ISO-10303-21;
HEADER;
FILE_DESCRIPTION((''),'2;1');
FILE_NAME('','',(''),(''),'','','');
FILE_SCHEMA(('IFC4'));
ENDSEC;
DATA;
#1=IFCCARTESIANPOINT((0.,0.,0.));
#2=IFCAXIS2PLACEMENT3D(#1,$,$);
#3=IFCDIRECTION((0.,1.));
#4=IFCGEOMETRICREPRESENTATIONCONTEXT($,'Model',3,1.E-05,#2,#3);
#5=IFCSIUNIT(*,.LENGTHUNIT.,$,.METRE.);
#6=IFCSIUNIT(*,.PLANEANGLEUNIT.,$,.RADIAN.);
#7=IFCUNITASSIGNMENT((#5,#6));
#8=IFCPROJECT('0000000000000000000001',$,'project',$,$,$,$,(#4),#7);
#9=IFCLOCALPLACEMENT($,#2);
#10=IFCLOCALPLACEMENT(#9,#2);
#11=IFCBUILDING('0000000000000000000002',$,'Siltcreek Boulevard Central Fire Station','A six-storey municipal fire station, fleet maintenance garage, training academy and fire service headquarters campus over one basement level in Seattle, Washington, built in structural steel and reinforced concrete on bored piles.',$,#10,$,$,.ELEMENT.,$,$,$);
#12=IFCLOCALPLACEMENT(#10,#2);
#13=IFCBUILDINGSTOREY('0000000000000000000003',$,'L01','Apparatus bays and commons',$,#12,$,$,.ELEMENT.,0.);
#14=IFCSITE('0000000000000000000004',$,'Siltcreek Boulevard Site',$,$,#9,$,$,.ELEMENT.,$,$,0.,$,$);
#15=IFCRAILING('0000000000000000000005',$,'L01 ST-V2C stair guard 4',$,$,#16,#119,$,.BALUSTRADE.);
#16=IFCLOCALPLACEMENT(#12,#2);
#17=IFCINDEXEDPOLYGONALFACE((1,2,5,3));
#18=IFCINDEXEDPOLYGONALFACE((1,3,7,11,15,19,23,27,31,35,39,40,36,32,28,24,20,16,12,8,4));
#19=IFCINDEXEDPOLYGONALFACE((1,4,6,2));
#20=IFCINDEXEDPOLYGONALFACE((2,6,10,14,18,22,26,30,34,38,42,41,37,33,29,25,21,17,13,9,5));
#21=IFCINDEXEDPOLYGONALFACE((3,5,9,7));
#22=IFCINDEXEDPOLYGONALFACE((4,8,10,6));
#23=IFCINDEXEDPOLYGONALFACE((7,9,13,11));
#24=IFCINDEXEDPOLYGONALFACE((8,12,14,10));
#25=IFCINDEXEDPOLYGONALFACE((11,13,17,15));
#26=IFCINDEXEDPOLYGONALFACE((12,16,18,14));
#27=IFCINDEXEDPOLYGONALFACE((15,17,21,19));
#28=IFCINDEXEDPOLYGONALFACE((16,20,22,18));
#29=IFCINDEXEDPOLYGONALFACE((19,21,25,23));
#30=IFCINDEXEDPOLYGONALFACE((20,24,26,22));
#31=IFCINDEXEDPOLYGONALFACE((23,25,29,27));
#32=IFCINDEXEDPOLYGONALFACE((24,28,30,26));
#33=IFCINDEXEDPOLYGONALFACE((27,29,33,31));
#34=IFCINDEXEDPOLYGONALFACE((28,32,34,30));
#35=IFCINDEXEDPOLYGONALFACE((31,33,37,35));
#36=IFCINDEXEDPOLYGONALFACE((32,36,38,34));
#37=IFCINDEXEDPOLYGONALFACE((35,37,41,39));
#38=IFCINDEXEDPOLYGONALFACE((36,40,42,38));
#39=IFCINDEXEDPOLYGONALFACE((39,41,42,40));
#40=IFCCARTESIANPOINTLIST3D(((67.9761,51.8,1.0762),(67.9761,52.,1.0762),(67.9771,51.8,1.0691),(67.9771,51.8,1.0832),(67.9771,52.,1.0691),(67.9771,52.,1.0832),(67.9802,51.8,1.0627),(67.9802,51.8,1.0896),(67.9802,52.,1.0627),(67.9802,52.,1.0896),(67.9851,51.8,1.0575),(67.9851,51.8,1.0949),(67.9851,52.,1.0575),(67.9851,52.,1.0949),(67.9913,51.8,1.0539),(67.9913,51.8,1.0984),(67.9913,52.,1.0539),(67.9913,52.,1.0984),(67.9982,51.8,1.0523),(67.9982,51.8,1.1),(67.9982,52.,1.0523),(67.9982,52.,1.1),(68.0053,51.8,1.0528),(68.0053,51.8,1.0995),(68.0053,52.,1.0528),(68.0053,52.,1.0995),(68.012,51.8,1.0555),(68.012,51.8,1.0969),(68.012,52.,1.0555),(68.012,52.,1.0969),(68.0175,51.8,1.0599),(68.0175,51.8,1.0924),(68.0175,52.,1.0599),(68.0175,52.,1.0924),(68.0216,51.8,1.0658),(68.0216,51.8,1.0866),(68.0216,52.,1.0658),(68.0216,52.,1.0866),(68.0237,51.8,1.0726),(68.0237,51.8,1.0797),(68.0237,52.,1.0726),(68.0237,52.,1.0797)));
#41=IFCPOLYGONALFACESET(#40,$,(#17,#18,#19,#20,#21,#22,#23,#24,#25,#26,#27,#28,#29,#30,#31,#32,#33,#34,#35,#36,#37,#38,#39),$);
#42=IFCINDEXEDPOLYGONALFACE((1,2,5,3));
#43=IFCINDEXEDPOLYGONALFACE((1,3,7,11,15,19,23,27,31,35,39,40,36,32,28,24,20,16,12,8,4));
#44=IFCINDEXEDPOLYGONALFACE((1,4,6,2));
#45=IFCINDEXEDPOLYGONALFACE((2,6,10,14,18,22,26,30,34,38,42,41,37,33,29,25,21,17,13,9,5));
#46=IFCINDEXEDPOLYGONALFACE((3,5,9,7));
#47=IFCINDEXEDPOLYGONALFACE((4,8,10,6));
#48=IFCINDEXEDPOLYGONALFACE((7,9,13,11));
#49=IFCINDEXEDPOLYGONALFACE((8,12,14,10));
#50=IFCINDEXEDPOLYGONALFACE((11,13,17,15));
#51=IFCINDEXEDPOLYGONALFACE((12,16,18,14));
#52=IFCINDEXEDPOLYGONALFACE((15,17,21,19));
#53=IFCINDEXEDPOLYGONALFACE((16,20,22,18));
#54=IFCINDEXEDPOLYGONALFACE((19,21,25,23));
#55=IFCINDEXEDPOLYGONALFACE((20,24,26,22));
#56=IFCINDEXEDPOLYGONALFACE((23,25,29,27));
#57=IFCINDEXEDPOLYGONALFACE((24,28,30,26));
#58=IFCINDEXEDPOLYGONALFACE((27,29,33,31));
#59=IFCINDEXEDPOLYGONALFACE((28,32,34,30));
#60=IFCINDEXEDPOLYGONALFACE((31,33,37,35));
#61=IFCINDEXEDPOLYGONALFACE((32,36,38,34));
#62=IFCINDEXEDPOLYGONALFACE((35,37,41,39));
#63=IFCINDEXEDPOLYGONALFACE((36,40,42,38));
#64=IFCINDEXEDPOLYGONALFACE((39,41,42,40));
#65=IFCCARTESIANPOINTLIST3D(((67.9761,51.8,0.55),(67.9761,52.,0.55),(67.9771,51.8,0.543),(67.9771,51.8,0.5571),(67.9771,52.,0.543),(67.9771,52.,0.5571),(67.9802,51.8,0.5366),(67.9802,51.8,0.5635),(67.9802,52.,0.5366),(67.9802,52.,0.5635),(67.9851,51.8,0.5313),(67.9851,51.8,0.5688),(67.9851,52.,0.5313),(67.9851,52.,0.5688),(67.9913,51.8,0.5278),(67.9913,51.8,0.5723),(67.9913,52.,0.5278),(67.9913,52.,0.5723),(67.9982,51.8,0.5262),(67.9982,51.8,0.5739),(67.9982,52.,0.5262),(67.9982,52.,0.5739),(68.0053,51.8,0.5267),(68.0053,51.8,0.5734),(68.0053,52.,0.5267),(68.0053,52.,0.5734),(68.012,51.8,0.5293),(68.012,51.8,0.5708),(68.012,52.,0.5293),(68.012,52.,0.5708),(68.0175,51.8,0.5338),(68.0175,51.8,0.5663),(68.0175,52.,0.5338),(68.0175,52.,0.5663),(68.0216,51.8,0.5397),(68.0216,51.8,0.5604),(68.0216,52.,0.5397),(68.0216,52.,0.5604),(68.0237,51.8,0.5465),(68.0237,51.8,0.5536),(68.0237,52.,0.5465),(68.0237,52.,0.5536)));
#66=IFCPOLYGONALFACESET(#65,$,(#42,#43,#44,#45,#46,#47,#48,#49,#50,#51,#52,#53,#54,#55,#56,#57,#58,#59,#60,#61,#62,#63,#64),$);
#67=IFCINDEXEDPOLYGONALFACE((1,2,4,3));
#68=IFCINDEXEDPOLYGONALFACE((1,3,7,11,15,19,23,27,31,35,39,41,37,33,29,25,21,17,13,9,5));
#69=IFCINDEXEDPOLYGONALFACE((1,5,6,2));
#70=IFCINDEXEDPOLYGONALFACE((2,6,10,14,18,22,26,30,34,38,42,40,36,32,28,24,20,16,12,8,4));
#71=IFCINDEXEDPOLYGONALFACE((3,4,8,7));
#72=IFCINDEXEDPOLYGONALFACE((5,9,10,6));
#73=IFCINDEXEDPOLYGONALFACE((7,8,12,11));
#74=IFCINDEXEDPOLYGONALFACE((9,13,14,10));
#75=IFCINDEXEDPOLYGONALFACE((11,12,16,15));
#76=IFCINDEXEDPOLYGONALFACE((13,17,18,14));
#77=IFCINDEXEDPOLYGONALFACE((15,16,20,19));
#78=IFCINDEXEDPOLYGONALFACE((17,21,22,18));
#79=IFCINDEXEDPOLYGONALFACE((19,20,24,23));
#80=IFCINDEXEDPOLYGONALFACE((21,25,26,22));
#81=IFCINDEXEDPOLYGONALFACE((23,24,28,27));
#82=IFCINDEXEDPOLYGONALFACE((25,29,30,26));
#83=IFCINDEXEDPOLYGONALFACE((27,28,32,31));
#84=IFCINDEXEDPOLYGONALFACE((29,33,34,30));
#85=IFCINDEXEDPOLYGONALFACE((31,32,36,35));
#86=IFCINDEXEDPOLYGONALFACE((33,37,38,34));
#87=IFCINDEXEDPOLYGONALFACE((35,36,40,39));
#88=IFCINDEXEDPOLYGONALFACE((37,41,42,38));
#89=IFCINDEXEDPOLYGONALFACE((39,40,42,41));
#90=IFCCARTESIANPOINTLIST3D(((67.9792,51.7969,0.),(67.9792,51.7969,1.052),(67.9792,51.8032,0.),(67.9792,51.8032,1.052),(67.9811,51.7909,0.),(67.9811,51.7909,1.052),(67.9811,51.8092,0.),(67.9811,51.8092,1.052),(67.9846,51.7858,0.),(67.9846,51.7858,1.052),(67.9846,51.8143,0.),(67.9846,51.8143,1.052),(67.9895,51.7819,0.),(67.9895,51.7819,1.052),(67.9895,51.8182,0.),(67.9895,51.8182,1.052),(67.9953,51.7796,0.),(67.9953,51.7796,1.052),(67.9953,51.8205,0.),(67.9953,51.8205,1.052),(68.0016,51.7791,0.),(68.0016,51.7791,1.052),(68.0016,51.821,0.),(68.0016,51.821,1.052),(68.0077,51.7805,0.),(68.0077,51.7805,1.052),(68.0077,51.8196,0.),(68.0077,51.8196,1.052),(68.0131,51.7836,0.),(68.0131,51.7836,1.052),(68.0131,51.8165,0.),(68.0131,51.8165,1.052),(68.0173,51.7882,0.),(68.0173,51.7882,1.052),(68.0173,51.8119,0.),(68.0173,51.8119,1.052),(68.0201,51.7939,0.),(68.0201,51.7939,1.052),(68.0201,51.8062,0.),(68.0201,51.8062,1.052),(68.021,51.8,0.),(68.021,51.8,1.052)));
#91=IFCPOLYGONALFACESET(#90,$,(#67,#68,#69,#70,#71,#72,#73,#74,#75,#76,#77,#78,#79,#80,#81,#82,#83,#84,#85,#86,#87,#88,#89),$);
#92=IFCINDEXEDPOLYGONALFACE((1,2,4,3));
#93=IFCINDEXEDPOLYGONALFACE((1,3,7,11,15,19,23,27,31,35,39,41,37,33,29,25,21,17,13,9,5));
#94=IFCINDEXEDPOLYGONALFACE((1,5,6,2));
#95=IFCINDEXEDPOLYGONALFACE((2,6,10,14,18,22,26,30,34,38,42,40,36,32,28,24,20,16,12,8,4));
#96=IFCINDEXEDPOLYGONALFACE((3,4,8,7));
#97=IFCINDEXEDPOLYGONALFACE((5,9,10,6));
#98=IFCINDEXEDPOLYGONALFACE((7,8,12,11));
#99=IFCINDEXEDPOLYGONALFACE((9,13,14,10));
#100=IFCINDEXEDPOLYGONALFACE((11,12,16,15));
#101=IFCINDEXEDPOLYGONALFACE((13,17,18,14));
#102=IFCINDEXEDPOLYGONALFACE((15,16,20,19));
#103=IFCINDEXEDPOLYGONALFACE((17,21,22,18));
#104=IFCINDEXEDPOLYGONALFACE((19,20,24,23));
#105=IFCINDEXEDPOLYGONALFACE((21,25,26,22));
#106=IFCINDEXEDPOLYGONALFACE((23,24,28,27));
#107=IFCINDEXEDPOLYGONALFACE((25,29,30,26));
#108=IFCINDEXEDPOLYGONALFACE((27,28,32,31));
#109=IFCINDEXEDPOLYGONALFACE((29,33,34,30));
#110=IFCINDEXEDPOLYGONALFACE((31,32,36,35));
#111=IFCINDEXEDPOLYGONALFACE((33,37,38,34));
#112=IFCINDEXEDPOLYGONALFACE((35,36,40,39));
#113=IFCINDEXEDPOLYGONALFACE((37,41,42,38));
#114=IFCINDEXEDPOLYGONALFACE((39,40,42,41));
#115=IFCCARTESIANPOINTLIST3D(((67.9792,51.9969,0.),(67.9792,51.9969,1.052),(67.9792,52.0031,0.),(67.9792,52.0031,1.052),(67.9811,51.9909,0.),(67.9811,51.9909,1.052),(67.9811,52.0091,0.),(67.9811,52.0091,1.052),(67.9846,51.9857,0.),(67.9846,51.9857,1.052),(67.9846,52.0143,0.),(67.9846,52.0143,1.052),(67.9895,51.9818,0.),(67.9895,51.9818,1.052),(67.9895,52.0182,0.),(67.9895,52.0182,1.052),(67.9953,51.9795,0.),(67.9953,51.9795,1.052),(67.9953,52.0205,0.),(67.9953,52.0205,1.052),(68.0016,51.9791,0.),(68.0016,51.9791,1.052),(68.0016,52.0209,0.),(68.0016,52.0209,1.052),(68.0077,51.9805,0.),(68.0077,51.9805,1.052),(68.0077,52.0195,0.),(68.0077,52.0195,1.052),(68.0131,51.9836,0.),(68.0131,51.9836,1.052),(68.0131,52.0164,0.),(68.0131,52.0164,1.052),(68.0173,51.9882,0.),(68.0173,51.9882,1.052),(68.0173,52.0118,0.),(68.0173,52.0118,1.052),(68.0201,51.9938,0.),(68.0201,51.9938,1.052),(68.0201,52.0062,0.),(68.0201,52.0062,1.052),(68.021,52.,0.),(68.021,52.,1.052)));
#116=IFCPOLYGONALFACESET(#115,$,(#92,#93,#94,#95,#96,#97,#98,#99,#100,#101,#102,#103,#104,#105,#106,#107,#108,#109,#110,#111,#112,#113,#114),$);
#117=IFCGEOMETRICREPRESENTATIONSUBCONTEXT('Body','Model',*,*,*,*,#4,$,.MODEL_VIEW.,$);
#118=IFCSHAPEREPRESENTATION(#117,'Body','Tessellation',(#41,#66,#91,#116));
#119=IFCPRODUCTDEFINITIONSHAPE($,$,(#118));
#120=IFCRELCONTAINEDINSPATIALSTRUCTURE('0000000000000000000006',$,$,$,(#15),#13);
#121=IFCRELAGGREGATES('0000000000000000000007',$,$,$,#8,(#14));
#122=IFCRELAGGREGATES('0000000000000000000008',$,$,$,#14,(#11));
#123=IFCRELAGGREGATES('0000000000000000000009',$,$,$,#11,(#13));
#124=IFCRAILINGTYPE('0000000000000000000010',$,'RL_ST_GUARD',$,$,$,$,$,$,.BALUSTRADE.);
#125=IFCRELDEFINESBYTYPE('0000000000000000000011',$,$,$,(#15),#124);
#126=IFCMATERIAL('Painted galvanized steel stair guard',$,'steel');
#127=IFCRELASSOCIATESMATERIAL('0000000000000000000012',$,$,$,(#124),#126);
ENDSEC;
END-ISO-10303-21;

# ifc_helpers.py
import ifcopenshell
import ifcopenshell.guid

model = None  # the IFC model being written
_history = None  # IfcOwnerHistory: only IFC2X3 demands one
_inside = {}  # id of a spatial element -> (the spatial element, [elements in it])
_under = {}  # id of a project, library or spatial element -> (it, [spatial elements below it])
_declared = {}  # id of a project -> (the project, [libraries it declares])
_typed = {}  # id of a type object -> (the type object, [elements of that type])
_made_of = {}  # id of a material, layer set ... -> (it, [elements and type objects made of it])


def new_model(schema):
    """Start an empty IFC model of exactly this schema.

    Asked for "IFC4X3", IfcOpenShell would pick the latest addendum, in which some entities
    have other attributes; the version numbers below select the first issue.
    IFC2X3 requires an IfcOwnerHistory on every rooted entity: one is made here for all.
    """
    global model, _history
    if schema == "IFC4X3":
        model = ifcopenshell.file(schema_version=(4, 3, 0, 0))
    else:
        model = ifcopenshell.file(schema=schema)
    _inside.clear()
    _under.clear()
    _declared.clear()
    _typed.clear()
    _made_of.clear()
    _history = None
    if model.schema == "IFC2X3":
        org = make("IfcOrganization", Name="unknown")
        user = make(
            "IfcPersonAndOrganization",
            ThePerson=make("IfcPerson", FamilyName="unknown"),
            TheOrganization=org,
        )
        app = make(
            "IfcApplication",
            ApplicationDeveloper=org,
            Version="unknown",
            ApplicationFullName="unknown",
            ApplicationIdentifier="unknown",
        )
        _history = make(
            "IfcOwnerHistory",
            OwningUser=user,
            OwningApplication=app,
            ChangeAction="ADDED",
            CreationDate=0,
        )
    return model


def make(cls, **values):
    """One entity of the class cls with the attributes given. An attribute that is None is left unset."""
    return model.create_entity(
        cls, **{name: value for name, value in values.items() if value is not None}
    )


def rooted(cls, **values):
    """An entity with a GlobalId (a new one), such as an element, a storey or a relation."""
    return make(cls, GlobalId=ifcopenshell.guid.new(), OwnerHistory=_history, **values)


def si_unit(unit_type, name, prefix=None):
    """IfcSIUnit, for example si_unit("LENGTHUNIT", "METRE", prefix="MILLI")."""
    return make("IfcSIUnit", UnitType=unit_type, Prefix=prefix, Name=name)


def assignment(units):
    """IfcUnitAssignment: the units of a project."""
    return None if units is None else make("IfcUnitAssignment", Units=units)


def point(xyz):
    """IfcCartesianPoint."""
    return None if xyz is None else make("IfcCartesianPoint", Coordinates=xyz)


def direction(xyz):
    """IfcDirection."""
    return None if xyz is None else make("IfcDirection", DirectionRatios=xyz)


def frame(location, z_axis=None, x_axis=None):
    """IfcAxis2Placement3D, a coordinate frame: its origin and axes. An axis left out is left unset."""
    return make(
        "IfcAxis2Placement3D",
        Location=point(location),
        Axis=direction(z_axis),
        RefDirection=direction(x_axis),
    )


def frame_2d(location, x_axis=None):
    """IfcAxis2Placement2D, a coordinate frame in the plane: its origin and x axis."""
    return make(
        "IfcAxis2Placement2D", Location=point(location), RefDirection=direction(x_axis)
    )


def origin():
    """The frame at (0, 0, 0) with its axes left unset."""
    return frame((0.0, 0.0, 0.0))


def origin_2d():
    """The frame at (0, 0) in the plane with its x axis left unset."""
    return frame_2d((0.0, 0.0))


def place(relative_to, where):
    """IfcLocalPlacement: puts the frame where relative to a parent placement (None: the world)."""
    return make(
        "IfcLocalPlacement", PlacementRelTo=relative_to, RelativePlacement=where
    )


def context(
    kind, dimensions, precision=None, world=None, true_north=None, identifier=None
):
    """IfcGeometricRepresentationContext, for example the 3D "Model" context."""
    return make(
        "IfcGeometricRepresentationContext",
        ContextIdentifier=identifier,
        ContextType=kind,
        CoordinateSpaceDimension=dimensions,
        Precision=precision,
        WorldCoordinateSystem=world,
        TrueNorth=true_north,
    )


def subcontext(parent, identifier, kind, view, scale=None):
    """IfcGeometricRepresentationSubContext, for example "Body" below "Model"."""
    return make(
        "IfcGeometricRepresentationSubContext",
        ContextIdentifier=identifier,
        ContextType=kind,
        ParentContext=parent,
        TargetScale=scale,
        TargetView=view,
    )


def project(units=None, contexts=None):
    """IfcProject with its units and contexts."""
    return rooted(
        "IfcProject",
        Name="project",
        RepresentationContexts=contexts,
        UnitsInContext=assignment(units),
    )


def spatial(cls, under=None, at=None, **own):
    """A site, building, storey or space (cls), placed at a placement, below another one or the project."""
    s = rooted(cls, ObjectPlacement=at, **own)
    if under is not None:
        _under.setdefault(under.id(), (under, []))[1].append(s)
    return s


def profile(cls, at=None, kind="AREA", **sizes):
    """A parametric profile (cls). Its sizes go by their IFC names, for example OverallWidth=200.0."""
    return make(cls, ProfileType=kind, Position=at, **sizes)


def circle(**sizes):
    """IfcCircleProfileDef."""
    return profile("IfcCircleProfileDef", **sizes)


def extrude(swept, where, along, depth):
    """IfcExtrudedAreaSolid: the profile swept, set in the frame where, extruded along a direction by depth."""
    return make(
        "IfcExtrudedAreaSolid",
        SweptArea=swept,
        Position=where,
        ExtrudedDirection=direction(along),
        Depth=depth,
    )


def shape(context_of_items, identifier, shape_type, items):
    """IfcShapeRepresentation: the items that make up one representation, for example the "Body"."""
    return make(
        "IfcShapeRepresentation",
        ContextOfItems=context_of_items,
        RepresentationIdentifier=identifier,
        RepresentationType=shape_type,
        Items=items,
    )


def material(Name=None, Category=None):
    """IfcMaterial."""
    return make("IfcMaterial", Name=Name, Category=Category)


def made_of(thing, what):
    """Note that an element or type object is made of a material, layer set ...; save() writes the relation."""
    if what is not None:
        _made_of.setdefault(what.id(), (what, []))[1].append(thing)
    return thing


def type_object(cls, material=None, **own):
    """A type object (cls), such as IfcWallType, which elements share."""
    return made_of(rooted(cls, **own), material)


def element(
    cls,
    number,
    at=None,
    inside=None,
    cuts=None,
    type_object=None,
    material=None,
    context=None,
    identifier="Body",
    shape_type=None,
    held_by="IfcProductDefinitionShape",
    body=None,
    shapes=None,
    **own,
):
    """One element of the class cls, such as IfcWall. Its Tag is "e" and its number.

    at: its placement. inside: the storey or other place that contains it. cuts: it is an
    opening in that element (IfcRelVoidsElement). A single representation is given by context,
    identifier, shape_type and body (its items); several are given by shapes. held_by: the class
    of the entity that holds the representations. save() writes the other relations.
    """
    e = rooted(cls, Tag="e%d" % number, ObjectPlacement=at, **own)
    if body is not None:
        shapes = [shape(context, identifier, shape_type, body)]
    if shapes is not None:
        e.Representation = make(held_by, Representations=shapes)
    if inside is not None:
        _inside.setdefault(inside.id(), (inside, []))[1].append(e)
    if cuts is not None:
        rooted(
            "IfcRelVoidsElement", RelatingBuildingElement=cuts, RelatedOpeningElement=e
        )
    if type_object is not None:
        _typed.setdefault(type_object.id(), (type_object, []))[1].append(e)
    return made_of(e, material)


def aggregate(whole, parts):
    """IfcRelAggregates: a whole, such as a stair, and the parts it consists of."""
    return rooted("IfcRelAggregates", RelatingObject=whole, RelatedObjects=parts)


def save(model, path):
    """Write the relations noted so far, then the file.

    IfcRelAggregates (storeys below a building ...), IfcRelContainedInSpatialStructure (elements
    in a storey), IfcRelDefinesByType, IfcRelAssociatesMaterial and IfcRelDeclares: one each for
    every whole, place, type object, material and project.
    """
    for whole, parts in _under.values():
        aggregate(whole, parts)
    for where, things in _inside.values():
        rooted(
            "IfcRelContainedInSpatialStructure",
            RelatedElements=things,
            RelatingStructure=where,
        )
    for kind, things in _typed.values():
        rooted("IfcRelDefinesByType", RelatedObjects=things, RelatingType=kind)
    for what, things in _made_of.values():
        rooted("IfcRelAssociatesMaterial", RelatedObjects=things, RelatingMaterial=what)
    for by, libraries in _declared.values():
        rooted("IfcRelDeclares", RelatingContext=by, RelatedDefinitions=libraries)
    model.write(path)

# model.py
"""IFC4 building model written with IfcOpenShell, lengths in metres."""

from ifc_helpers import new_model, si_unit, direction, frame, origin, origin_2d, place, context, subcontext, project, spatial, circle, extrude, material, type_object, element, save


model = new_model("IFC4")

# Units and contexts
model_context = context("Model", 3, precision=1e-05, world=origin(), true_north=direction((0.0, 1.0)))
body_context = subcontext(model_context, "Body", "Model", "MODEL_VIEW")
ifc_project = project(units=[si_unit("LENGTHUNIT", "METRE"), si_unit("PLANEANGLEUNIT", "RADIAN")], contexts=[model_context])

# Site, building, storey
site_placement = place(None, origin())
site = spatial("IfcSite", under=ifc_project, at=site_placement, Name="Siltcreek Boulevard Site", CompositionType="ELEMENT", RefElevation=0.0)
building_placement = place(site_placement, origin())
building = spatial("IfcBuilding", under=site, at=building_placement, Name="Siltcreek Boulevard Central Fire Station", Description="A six-storey municipal fire station, fleet maintenance garage, training academy and fire service headquarters campus over one basement level in Seattle, Washington, built in structural steel and reinforced concrete on bored piles.", CompositionType="ELEMENT")
storey_placement = place(building_placement, origin())
storey = spatial("IfcBuildingStorey", under=building, at=storey_placement, Name="L01", Description="Apparatus bays and commons", CompositionType="ELEMENT", Elevation=0.0)

# Railing
ifc_material_1 = material(Name="Painted galvanized steel stair guard", Category="steel")
railing_type = type_object("IfcRailingType", Name="RL_ST_GUARD", PredefinedType="BALUSTRADE", material=ifc_material_1)
railing_1_placement = place(storey_placement, frame((68.0, 51.8, 0.0)))
element("IfcRailing", 1, at=railing_1_placement, inside=storey, type_object=railing_type, Name="L01 ST-V2C stair guard 4", PredefinedType="BALUSTRADE", context=body_context, shape_type="SweptSolid", body=[
    extrude(circle(Radius=0.0239, at=origin_2d()), frame((0.0, 0.0, 1.0762), z_axis=(0.0, 1.0, 0.0), x_axis=(-1.0, 0.0, 0.0)), (0.0, 0.0, 1.0), 0.2),
    extrude(circle(Radius=0.0239, at=origin_2d()), frame((0.0, 0.0, 0.55), z_axis=(0.0, 1.0, 0.0), x_axis=(-1.0, 0.0, 0.0)), (0.0, 0.0, 1.0), 0.2),
    extrude(circle(Radius=0.021, at=origin_2d()), origin(), (0.0, 0.0, 1.0), 1.052),
    extrude(circle(Radius=0.021, at=origin_2d()), frame((0.0, 0.2, 0.0)), (0.0, 0.0, 1.0), 1.052),
])

save(model, "model.ifc")
